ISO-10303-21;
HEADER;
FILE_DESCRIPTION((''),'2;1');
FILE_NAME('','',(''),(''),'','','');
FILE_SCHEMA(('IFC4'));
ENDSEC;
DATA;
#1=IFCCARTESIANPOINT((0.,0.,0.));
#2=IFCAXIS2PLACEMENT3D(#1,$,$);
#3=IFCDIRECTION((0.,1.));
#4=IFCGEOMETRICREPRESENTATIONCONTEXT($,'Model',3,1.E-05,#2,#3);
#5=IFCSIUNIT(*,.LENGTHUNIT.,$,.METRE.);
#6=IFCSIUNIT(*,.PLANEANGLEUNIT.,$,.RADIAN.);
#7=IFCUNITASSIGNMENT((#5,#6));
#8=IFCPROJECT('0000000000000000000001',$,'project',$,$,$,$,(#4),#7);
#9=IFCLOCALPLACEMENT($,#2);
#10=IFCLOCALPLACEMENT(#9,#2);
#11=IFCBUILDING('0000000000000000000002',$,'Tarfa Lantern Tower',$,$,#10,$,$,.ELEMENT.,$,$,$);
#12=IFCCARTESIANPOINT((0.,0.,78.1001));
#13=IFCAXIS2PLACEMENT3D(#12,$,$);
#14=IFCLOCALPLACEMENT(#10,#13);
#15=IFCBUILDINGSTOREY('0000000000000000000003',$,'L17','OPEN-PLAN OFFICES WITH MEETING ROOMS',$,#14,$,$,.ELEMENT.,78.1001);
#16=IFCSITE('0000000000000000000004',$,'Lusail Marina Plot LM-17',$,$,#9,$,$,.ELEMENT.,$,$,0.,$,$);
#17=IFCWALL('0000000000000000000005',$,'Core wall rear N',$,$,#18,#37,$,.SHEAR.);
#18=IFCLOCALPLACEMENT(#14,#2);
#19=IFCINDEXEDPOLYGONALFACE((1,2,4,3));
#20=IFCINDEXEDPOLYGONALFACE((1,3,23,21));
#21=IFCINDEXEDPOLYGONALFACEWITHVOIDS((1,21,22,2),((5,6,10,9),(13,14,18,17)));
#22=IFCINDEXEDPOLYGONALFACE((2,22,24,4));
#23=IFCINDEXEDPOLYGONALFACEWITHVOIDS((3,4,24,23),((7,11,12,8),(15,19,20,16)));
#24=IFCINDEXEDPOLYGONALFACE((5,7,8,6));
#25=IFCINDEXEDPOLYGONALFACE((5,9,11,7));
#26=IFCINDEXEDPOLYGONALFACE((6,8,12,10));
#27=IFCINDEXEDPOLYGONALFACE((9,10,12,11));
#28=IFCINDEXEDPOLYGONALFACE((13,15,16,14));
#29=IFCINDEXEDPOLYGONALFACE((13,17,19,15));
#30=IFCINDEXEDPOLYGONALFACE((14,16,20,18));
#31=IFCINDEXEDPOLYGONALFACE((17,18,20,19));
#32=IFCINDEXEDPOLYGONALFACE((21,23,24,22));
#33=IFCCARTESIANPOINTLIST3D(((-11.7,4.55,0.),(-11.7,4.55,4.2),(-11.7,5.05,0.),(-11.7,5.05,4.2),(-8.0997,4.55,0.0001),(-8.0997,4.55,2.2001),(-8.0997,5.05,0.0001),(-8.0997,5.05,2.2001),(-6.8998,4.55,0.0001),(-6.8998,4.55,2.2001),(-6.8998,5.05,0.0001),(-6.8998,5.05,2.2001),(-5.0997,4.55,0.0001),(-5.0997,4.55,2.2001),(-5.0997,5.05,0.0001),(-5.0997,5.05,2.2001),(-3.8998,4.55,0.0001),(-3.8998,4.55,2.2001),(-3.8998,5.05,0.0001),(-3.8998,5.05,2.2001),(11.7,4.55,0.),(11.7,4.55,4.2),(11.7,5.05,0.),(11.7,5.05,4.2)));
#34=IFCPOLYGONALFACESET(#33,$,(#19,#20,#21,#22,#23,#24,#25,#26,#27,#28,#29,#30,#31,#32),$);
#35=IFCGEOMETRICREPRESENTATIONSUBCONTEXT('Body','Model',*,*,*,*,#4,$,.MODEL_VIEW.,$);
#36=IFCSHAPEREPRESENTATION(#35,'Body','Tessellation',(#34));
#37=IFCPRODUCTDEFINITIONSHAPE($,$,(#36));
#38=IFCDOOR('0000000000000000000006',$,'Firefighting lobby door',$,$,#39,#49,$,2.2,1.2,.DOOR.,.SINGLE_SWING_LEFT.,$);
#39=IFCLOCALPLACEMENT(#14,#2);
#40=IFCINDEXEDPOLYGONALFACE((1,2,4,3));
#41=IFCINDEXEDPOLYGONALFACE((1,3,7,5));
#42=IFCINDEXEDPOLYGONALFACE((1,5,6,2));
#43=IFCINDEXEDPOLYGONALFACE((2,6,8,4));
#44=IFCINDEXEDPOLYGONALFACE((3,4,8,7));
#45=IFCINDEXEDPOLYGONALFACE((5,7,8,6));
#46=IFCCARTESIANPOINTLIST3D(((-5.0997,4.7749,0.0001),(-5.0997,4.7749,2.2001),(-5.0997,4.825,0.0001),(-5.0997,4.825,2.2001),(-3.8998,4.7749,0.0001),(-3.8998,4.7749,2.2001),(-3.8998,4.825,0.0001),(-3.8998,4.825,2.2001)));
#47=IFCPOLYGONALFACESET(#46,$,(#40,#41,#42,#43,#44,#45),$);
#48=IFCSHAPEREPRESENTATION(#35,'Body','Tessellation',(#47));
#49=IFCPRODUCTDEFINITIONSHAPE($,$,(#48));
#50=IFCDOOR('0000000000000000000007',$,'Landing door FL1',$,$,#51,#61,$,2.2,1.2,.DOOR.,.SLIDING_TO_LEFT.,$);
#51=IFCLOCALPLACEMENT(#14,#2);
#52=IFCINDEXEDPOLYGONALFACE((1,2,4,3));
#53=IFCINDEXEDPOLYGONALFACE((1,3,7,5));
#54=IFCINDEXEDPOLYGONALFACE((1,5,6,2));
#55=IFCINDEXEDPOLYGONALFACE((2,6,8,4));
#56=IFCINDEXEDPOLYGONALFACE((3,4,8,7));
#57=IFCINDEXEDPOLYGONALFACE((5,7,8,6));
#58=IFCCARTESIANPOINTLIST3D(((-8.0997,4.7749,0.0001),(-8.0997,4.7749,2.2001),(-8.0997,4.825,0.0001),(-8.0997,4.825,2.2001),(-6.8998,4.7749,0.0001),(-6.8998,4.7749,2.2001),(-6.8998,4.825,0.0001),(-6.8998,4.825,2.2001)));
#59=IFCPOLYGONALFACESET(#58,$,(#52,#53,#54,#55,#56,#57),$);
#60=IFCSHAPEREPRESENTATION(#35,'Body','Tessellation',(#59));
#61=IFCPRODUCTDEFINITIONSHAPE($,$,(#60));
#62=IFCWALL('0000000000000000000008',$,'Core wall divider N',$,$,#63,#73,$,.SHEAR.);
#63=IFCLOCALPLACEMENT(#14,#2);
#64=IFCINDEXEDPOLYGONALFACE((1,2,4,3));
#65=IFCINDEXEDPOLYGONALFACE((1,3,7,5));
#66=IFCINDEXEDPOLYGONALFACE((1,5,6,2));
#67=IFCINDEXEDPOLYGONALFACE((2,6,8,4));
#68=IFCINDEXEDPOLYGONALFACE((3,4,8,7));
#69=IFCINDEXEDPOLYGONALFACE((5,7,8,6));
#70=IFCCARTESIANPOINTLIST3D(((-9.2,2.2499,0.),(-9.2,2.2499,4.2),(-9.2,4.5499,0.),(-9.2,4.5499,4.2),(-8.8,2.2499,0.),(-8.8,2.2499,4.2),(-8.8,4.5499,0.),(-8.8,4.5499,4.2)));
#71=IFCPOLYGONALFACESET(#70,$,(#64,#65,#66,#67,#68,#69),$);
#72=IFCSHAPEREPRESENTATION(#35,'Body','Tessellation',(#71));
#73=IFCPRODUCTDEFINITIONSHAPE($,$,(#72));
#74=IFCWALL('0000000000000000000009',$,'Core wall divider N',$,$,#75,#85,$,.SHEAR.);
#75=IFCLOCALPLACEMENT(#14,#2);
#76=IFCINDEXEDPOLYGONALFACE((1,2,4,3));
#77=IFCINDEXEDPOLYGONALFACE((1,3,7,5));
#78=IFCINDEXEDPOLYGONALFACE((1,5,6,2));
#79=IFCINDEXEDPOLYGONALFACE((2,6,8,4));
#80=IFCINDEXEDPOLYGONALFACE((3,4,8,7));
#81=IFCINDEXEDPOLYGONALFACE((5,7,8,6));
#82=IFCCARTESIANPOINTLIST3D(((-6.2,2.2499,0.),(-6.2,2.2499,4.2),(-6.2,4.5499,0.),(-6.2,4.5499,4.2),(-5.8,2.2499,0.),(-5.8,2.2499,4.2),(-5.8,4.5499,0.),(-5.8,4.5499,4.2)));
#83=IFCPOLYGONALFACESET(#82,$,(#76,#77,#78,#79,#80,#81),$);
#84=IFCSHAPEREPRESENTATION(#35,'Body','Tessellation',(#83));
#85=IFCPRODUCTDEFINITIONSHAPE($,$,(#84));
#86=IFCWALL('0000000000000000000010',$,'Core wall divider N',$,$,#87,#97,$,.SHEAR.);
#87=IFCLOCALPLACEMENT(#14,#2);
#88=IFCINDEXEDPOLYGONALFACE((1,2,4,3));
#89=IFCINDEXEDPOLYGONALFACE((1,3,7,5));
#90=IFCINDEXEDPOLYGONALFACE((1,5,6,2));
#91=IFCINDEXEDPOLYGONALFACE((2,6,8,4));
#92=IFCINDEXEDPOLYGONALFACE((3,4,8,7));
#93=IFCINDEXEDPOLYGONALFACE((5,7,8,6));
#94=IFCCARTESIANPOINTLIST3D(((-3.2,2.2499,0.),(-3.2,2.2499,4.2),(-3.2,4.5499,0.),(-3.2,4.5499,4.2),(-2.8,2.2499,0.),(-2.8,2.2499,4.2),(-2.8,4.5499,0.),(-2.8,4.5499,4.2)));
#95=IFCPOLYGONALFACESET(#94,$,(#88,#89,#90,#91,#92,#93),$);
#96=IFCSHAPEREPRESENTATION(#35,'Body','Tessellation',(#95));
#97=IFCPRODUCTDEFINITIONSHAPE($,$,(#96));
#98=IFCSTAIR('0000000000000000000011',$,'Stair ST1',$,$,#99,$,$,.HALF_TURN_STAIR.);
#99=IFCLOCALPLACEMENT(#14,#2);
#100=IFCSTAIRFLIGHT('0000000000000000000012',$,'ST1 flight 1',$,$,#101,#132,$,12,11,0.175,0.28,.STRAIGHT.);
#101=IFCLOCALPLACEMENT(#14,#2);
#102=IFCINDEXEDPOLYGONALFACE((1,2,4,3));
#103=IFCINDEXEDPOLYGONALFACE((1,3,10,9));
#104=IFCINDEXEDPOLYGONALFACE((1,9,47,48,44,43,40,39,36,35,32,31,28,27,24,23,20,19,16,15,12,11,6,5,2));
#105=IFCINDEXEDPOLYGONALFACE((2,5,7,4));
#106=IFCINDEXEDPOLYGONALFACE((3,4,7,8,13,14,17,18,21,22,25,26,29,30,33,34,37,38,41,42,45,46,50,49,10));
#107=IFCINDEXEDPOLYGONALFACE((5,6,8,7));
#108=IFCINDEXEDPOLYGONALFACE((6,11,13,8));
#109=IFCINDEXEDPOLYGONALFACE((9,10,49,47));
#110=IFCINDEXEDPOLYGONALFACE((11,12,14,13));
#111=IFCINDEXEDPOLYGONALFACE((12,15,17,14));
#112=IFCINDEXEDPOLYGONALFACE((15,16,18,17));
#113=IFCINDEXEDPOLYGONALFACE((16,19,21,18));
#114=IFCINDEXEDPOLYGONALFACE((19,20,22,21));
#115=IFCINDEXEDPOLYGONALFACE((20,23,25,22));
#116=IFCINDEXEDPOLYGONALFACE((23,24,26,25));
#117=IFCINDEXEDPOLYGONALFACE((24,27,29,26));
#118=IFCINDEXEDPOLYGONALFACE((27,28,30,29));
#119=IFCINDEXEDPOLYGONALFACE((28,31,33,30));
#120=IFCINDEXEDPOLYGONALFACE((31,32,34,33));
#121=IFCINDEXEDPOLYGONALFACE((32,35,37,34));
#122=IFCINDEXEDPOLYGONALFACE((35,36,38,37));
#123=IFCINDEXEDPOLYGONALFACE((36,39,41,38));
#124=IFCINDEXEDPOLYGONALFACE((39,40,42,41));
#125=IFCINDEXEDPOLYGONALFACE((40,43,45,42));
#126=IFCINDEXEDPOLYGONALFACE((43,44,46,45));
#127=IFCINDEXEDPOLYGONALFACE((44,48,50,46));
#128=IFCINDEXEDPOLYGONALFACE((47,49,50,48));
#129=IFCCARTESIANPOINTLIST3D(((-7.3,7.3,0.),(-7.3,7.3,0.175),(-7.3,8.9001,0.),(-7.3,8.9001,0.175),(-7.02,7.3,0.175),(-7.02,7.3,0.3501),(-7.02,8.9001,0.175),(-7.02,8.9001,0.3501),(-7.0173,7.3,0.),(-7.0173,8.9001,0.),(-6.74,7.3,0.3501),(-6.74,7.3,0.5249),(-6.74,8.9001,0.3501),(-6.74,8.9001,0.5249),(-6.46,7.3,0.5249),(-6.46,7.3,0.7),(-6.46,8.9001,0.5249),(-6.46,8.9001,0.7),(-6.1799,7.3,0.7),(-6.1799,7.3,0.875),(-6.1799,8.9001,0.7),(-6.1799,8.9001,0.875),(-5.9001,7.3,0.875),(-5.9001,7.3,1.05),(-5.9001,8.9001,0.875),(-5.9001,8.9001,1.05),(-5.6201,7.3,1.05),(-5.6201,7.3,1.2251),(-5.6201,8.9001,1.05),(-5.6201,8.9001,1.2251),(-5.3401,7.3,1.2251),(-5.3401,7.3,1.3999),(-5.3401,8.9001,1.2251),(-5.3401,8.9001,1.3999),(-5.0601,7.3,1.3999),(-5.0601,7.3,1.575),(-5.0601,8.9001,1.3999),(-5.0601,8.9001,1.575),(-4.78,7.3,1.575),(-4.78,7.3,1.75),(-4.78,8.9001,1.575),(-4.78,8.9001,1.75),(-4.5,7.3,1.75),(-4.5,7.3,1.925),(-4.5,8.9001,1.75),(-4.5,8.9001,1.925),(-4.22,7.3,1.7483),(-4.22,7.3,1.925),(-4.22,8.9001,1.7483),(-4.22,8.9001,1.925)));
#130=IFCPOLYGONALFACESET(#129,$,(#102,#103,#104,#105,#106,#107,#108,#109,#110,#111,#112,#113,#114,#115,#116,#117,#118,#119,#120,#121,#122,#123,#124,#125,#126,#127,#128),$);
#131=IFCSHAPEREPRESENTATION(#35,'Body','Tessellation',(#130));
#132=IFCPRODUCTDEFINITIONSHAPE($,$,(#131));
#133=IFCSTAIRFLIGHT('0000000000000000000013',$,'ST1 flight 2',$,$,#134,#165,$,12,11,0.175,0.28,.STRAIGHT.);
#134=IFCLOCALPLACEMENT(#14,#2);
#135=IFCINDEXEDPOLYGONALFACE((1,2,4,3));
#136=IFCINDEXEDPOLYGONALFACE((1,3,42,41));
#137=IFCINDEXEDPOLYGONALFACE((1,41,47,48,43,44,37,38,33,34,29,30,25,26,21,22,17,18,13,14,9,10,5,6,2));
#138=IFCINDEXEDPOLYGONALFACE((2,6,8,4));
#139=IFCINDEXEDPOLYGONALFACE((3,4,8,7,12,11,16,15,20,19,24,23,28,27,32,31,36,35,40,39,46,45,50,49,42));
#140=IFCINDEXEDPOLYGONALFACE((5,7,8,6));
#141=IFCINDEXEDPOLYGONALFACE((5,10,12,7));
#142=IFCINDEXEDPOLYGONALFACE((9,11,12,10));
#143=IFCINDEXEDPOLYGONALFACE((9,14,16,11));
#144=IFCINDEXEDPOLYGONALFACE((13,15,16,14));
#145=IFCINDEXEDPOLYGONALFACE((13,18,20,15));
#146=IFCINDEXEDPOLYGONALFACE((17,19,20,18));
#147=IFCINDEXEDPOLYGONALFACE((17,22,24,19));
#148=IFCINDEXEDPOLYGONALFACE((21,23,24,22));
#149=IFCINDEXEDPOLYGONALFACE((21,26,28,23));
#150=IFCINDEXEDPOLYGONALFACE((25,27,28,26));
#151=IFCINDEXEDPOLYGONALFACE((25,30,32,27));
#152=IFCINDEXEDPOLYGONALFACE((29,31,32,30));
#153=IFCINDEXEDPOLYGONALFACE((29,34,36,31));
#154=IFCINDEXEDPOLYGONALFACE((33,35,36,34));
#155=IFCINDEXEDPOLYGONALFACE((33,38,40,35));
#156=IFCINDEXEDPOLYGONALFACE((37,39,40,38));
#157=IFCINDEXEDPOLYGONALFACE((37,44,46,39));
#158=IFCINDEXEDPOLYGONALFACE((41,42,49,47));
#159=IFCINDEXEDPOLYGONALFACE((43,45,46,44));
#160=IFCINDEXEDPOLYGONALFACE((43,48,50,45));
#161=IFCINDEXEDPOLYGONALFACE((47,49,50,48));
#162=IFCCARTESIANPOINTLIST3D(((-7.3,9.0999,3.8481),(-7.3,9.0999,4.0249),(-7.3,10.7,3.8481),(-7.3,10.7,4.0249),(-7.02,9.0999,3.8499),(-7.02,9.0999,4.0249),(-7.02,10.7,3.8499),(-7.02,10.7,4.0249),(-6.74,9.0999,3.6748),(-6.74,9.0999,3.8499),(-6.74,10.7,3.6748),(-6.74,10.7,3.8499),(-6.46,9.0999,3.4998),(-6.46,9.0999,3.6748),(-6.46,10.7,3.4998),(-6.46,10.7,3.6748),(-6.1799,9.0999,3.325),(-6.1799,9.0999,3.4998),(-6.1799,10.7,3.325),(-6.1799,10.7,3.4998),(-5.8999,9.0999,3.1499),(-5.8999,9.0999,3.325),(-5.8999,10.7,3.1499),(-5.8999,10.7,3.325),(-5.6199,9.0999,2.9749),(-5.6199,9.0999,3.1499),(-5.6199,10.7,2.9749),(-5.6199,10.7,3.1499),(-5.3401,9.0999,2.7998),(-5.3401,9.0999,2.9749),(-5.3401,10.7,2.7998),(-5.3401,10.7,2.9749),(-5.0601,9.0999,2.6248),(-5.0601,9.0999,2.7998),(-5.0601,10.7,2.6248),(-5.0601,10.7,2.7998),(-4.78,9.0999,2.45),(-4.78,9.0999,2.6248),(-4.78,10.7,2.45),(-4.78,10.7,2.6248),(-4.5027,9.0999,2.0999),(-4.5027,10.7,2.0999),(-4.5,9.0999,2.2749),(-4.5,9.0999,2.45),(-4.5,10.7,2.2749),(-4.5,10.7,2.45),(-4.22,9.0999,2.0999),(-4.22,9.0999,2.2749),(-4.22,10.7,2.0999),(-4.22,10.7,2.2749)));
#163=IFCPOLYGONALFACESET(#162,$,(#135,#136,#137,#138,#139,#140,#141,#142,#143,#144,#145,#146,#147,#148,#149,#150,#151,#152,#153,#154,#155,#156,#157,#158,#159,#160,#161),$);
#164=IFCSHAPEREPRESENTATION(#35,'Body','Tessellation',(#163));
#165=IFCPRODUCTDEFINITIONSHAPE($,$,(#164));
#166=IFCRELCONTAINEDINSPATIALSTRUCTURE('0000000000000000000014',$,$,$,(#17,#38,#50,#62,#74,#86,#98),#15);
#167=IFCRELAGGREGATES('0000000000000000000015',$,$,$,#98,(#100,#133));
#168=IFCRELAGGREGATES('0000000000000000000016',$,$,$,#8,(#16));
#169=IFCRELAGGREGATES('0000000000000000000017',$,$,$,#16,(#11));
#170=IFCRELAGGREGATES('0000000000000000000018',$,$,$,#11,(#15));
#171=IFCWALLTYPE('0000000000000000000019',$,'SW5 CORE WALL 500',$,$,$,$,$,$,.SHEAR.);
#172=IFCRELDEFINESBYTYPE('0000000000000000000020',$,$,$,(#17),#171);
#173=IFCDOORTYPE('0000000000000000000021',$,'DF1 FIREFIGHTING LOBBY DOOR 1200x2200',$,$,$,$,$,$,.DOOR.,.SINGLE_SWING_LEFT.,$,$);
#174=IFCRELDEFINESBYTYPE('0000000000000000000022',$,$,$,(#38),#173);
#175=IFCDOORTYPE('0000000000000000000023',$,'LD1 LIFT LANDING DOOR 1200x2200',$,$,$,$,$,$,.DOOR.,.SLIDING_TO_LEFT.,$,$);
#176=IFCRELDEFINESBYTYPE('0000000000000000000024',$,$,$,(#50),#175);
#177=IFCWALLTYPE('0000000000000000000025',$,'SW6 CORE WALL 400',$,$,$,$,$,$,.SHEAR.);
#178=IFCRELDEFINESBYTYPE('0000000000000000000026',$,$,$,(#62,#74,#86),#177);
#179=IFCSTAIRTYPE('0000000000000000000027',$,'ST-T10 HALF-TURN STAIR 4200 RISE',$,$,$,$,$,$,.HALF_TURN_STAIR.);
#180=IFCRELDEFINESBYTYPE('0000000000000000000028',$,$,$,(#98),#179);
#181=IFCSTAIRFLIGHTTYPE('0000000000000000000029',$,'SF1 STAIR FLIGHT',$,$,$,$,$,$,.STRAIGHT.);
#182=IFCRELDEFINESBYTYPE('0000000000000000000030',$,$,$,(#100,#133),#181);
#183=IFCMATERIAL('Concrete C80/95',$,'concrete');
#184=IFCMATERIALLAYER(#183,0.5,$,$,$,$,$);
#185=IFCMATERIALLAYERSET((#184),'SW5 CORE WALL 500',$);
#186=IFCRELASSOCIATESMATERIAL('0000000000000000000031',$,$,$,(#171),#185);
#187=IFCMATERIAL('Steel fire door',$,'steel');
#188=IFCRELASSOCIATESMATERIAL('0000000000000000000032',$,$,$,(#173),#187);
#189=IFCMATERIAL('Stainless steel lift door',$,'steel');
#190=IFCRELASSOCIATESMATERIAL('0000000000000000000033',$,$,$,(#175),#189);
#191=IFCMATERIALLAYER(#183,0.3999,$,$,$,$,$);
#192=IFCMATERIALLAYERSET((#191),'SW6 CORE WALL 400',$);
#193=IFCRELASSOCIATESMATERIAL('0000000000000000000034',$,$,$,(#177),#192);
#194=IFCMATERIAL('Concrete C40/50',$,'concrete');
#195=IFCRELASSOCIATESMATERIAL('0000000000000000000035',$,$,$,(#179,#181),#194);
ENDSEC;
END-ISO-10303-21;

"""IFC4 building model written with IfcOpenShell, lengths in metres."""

from ifc_helpers import new_model, si_unit, direction, frame, frame_2d, origin, place, context, subcontext, project, spatial, polyline, rectangle, outline, extrude, material, layer, layer_set, type_object, element, fill, aggregate, save


model = new_model("IFC4")

# Units and contexts
model_context = context("Model", 3, precision=1e-05, world=origin(), true_north=direction((0.0, 1.0)))
body_context = subcontext(model_context, "Body", "Model", "MODEL_VIEW")
ifc_project = project(units=[si_unit("LENGTHUNIT", "METRE"), si_unit("PLANEANGLEUNIT", "RADIAN")], contexts=[model_context])

# Site, building, storey
site_placement = place(None, origin())
site = spatial("IfcSite", under=ifc_project, at=site_placement, Name="Lusail Marina Plot LM-17", CompositionType="ELEMENT", RefElevation=0.0)
building_placement = place(site_placement, origin())
building = spatial("IfcBuilding", under=site, at=building_placement, Name="Tarfa Lantern Tower", CompositionType="ELEMENT")
storey_placement = place(building_placement, frame((0.0, 0.0, 78.1001)))
storey = spatial("IfcBuildingStorey", under=building, at=storey_placement, Name="L17", Description="OPEN-PLAN OFFICES WITH MEETING ROOMS", CompositionType="ELEMENT", Elevation=78.1001)

# Shared definitions
ifc_material_1 = material(Name="Concrete C80/95", Category="concrete")

# Shared definitions
ifc_material_2 = material(Name="Steel fire door", Category="steel")

# Wall, openings, doors
ifc_layer_1 = layer(ifc_material_1, 0.5)
ifc_layer_set_1 = layer_set([ifc_layer_1], Name="SW5 CORE WALL 500")
wall_type_1 = type_object("IfcWallType", Name="SW5 CORE WALL 500", PredefinedType="SHEAR", material=ifc_layer_set_1)
ifc_material_3 = material(Name="Stainless steel lift door", Category="steel")
wall_1_placement = place(storey_placement, frame((-11.7, 4.8, 0.0), z_axis=(0.0, 0.0, 1.0), x_axis=(1.0, 0.0, 0.0)))
wall_1 = element("IfcWall", 1, at=wall_1_placement, inside=storey, type_object=wall_type_1, Name="Core wall rear N", PredefinedType="SHEAR", context=body_context, shape_type="SweptSolid", body=[
    extrude(rectangle(XDim=23.3999, YDim=0.5, at=frame_2d((11.7, 0.0))), origin(), (0.0, 0.0, 1.0), 4.2),
])
opening_1_placement = place(wall_1_placement, frame((6.6001, 0.0, 0.0)))
opening_1 = element("IfcOpeningElement", 2, at=opening_1_placement, cuts=wall_1, PredefinedType="OPENING", context=body_context, shape_type="SweptSolid", body=[
    extrude(rectangle(XDim=1.2, YDim=2.2, at=frame_2d((0.6001, 1.1001))), frame((0.0, 0.26, 0.0), z_axis=(0.0, -1.0, 0.0), x_axis=(1.0, 0.0, 0.0)), (0.0, 0.0, 1.0), 0.52),
])
opening_2_placement = place(wall_1_placement, frame((3.6001, 0.0, 0.0)))
opening_2 = element("IfcOpeningElement", 3, at=opening_2_placement, cuts=wall_1, PredefinedType="OPENING", context=body_context, shape_type="SweptSolid", body=[
    extrude(rectangle(XDim=1.2, YDim=2.2, at=frame_2d((0.6001, 1.1001))), frame((0.0, 0.26, 0.0), z_axis=(0.0, -1.0, 0.0), x_axis=(1.0, 0.0, 0.0)), (0.0, 0.0, 1.0), 0.52),
])
door_type_1 = type_object("IfcDoorType", Name="DF1 FIREFIGHTING LOBBY DOOR 1200x2200", OperationType="SINGLE_SWING_LEFT", PredefinedType="DOOR", material=ifc_material_2)
door_1_placement = place(opening_1_placement, origin())
door_1 = element("IfcDoor", 4, at=door_1_placement, inside=storey, type_object=door_type_1, Name="Firefighting lobby door", OperationType="SINGLE_SWING_LEFT", OverallHeight=2.2, OverallWidth=1.2, PredefinedType="DOOR", context=body_context, shape_type="SweptSolid", body=[
    extrude(rectangle(XDim=1.2, YDim=2.2, at=frame_2d((0.6001, 1.1001))), frame((0.0, 0.0249, 0.0), z_axis=(0.0, -1.0, 0.0), x_axis=(1.0, 0.0, 0.0)), (0.0, 0.0, 1.0), 0.05),
])
fill(opening_1, door_1)
door_type_2 = type_object("IfcDoorType", Name="LD1 LIFT LANDING DOOR 1200x2200", OperationType="SLIDING_TO_LEFT", PredefinedType="DOOR", material=ifc_material_3)
door_2_placement = place(opening_2_placement, origin())
door_2 = element("IfcDoor", 5, at=door_2_placement, inside=storey, type_object=door_type_2, Name="Landing door FL1", OperationType="SLIDING_TO_LEFT", OverallHeight=2.2, OverallWidth=1.2, PredefinedType="DOOR", context=body_context, shape_type="SweptSolid", body=[
    extrude(rectangle(XDim=1.2, YDim=2.2, at=frame_2d((0.6001, 1.1001))), frame((0.0, 0.0249, 0.0), z_axis=(0.0, -1.0, 0.0), x_axis=(1.0, 0.0, 0.0)), (0.0, 0.0, 1.0), 0.05),
])
fill(opening_2, door_2)

# Walls
ifc_layer_2 = layer(ifc_material_1, 0.3999)
ifc_layer_set_2 = layer_set([ifc_layer_2], Name="SW6 CORE WALL 400")
wall_type_2 = type_object("IfcWallType", Name="SW6 CORE WALL 400", PredefinedType="SHEAR", material=ifc_layer_set_2)
for number, where, z_axis, x_axis, name in (
    (6, (-9.0, 2.25, 0.0), (0.0, 0.0, 1.0), (0.0, 1.0, 0.0), "Core wall divider N"),
    (7, (-6.0, 2.25, 0.0), (0.0, 0.0, 1.0), (0.0, 1.0, 0.0), "Core wall divider N"),
    (8, (-3.0, 2.25, 0.0), (0.0, 0.0, 1.0), (0.0, 1.0, 0.0), "Core wall divider N"),
):
    element("IfcWall", number, at=place(storey_placement, frame(where, z_axis=z_axis, x_axis=x_axis)), inside=storey, type_object=wall_type_2, Name=name, PredefinedType="SHEAR", context=body_context, shape_type="SweptSolid", body=[
        extrude(rectangle(XDim=2.3, YDim=0.3999, at=frame_2d((1.1499, 0.0))), origin(), (0.0, 0.0, 1.0), 4.2),
    ])

# Stair, stair flights
ifc_material_4 = material(Name="Concrete C40/50", Category="concrete")
stair_type = type_object("IfcStairType", Name="ST-T10 HALF-TURN STAIR 4200 RISE", PredefinedType="HALF_TURN_STAIR", material=ifc_material_4)
stair_placement = place(storey_placement, origin())
stair = element("IfcStair", 9, at=stair_placement, inside=storey, type_object=stair_type, Name="Stair ST1", PredefinedType="HALF_TURN_STAIR")
stair_flight_type = type_object("IfcStairFlightType", Name="SF1 STAIR FLIGHT", PredefinedType="STRAIGHT", material=ifc_material_4)
stair_flight_1_placement = place(storey_placement, frame((-7.3, 8.1001, 0.0), z_axis=(0.0, 0.0, 1.0), x_axis=(1.0, 0.0, 0.0)))
stair_flight_1 = element("IfcStairFlight", 10, at=stair_flight_1_placement, type_object=stair_flight_type, Name="ST1 flight 1", NumberOfRisers=12, NumberOfTreads=11, PredefinedType="STRAIGHT", RiserHeight=0.175, TreadLength=0.28, context=body_context, shape_type="SweptSolid", body=[
    extrude(outline(polyline([(0.0, 0.0), (0.0, 0.175), (0.28, 0.175), (0.28, 0.3501), (0.5601, 0.3501), (0.5601, 0.5249), (0.8401, 0.5249), (0.8401, 0.7), (1.1201, 0.7), (1.1201, 0.875), (1.3999, 0.875), (1.3999, 1.05), (1.6799, 1.05), (1.6799, 1.2251), (1.96, 1.2251), (1.96, 1.3999), (2.24, 1.3999), (2.24, 1.575), (2.52, 1.575), (2.52, 1.75), (2.8, 1.75), (2.8, 1.925), (3.0801, 1.925), (3.0801, 2.1001), (3.0801, 1.7483), (0.2827, 0.0), (0.0, 0.0)])), frame((0.0, 0.8, 0.0), z_axis=(0.0, -1.0, 0.0), x_axis=(1.0, 0.0, 0.0)), (0.0, 0.0, 1.0), 1.6001),
])
stair_flight_2_placement = place(storey_placement, frame((-4.22, 9.8999, 2.0999), z_axis=(0.0, 0.0, 1.0), x_axis=(-1.0, 0.0, 0.0)))
stair_flight_2 = element("IfcStairFlight", 11, at=stair_flight_2_placement, type_object=stair_flight_type, Name="ST1 flight 2", NumberOfRisers=12, NumberOfTreads=11, PredefinedType="STRAIGHT", RiserHeight=0.175, TreadLength=0.28, context=body_context, shape_type="SweptSolid", body=[
    extrude(outline(polyline([(0.0, 0.0), (0.0, 0.175), (0.28, 0.175), (0.28, 0.3501), (0.5601, 0.3501), (0.5601, 0.5249), (0.8401, 0.5249), (0.8401, 0.7), (1.1201, 0.7), (1.1201, 0.875), (1.3999, 0.875), (1.3999, 1.05), (1.6799, 1.05), (1.6799, 1.2251), (1.96, 1.2251), (1.96, 1.3999), (2.24, 1.3999), (2.24, 1.575), (2.52, 1.575), (2.52, 1.75), (2.8, 1.75), (2.8, 1.925), (3.0801, 1.925), (3.0801, 2.1001), (3.0801, 1.7483), (0.2827, 0.0), (0.0, 0.0)])), frame((0.0, 0.8, 0.0), z_axis=(0.0, -1.0, 0.0), x_axis=(1.0, 0.0, 0.0)), (0.0, 0.0, 1.0), 1.6001),
])
aggregate(stair, [stair_flight_1, stair_flight_2])

save(model, "model.ifc")
